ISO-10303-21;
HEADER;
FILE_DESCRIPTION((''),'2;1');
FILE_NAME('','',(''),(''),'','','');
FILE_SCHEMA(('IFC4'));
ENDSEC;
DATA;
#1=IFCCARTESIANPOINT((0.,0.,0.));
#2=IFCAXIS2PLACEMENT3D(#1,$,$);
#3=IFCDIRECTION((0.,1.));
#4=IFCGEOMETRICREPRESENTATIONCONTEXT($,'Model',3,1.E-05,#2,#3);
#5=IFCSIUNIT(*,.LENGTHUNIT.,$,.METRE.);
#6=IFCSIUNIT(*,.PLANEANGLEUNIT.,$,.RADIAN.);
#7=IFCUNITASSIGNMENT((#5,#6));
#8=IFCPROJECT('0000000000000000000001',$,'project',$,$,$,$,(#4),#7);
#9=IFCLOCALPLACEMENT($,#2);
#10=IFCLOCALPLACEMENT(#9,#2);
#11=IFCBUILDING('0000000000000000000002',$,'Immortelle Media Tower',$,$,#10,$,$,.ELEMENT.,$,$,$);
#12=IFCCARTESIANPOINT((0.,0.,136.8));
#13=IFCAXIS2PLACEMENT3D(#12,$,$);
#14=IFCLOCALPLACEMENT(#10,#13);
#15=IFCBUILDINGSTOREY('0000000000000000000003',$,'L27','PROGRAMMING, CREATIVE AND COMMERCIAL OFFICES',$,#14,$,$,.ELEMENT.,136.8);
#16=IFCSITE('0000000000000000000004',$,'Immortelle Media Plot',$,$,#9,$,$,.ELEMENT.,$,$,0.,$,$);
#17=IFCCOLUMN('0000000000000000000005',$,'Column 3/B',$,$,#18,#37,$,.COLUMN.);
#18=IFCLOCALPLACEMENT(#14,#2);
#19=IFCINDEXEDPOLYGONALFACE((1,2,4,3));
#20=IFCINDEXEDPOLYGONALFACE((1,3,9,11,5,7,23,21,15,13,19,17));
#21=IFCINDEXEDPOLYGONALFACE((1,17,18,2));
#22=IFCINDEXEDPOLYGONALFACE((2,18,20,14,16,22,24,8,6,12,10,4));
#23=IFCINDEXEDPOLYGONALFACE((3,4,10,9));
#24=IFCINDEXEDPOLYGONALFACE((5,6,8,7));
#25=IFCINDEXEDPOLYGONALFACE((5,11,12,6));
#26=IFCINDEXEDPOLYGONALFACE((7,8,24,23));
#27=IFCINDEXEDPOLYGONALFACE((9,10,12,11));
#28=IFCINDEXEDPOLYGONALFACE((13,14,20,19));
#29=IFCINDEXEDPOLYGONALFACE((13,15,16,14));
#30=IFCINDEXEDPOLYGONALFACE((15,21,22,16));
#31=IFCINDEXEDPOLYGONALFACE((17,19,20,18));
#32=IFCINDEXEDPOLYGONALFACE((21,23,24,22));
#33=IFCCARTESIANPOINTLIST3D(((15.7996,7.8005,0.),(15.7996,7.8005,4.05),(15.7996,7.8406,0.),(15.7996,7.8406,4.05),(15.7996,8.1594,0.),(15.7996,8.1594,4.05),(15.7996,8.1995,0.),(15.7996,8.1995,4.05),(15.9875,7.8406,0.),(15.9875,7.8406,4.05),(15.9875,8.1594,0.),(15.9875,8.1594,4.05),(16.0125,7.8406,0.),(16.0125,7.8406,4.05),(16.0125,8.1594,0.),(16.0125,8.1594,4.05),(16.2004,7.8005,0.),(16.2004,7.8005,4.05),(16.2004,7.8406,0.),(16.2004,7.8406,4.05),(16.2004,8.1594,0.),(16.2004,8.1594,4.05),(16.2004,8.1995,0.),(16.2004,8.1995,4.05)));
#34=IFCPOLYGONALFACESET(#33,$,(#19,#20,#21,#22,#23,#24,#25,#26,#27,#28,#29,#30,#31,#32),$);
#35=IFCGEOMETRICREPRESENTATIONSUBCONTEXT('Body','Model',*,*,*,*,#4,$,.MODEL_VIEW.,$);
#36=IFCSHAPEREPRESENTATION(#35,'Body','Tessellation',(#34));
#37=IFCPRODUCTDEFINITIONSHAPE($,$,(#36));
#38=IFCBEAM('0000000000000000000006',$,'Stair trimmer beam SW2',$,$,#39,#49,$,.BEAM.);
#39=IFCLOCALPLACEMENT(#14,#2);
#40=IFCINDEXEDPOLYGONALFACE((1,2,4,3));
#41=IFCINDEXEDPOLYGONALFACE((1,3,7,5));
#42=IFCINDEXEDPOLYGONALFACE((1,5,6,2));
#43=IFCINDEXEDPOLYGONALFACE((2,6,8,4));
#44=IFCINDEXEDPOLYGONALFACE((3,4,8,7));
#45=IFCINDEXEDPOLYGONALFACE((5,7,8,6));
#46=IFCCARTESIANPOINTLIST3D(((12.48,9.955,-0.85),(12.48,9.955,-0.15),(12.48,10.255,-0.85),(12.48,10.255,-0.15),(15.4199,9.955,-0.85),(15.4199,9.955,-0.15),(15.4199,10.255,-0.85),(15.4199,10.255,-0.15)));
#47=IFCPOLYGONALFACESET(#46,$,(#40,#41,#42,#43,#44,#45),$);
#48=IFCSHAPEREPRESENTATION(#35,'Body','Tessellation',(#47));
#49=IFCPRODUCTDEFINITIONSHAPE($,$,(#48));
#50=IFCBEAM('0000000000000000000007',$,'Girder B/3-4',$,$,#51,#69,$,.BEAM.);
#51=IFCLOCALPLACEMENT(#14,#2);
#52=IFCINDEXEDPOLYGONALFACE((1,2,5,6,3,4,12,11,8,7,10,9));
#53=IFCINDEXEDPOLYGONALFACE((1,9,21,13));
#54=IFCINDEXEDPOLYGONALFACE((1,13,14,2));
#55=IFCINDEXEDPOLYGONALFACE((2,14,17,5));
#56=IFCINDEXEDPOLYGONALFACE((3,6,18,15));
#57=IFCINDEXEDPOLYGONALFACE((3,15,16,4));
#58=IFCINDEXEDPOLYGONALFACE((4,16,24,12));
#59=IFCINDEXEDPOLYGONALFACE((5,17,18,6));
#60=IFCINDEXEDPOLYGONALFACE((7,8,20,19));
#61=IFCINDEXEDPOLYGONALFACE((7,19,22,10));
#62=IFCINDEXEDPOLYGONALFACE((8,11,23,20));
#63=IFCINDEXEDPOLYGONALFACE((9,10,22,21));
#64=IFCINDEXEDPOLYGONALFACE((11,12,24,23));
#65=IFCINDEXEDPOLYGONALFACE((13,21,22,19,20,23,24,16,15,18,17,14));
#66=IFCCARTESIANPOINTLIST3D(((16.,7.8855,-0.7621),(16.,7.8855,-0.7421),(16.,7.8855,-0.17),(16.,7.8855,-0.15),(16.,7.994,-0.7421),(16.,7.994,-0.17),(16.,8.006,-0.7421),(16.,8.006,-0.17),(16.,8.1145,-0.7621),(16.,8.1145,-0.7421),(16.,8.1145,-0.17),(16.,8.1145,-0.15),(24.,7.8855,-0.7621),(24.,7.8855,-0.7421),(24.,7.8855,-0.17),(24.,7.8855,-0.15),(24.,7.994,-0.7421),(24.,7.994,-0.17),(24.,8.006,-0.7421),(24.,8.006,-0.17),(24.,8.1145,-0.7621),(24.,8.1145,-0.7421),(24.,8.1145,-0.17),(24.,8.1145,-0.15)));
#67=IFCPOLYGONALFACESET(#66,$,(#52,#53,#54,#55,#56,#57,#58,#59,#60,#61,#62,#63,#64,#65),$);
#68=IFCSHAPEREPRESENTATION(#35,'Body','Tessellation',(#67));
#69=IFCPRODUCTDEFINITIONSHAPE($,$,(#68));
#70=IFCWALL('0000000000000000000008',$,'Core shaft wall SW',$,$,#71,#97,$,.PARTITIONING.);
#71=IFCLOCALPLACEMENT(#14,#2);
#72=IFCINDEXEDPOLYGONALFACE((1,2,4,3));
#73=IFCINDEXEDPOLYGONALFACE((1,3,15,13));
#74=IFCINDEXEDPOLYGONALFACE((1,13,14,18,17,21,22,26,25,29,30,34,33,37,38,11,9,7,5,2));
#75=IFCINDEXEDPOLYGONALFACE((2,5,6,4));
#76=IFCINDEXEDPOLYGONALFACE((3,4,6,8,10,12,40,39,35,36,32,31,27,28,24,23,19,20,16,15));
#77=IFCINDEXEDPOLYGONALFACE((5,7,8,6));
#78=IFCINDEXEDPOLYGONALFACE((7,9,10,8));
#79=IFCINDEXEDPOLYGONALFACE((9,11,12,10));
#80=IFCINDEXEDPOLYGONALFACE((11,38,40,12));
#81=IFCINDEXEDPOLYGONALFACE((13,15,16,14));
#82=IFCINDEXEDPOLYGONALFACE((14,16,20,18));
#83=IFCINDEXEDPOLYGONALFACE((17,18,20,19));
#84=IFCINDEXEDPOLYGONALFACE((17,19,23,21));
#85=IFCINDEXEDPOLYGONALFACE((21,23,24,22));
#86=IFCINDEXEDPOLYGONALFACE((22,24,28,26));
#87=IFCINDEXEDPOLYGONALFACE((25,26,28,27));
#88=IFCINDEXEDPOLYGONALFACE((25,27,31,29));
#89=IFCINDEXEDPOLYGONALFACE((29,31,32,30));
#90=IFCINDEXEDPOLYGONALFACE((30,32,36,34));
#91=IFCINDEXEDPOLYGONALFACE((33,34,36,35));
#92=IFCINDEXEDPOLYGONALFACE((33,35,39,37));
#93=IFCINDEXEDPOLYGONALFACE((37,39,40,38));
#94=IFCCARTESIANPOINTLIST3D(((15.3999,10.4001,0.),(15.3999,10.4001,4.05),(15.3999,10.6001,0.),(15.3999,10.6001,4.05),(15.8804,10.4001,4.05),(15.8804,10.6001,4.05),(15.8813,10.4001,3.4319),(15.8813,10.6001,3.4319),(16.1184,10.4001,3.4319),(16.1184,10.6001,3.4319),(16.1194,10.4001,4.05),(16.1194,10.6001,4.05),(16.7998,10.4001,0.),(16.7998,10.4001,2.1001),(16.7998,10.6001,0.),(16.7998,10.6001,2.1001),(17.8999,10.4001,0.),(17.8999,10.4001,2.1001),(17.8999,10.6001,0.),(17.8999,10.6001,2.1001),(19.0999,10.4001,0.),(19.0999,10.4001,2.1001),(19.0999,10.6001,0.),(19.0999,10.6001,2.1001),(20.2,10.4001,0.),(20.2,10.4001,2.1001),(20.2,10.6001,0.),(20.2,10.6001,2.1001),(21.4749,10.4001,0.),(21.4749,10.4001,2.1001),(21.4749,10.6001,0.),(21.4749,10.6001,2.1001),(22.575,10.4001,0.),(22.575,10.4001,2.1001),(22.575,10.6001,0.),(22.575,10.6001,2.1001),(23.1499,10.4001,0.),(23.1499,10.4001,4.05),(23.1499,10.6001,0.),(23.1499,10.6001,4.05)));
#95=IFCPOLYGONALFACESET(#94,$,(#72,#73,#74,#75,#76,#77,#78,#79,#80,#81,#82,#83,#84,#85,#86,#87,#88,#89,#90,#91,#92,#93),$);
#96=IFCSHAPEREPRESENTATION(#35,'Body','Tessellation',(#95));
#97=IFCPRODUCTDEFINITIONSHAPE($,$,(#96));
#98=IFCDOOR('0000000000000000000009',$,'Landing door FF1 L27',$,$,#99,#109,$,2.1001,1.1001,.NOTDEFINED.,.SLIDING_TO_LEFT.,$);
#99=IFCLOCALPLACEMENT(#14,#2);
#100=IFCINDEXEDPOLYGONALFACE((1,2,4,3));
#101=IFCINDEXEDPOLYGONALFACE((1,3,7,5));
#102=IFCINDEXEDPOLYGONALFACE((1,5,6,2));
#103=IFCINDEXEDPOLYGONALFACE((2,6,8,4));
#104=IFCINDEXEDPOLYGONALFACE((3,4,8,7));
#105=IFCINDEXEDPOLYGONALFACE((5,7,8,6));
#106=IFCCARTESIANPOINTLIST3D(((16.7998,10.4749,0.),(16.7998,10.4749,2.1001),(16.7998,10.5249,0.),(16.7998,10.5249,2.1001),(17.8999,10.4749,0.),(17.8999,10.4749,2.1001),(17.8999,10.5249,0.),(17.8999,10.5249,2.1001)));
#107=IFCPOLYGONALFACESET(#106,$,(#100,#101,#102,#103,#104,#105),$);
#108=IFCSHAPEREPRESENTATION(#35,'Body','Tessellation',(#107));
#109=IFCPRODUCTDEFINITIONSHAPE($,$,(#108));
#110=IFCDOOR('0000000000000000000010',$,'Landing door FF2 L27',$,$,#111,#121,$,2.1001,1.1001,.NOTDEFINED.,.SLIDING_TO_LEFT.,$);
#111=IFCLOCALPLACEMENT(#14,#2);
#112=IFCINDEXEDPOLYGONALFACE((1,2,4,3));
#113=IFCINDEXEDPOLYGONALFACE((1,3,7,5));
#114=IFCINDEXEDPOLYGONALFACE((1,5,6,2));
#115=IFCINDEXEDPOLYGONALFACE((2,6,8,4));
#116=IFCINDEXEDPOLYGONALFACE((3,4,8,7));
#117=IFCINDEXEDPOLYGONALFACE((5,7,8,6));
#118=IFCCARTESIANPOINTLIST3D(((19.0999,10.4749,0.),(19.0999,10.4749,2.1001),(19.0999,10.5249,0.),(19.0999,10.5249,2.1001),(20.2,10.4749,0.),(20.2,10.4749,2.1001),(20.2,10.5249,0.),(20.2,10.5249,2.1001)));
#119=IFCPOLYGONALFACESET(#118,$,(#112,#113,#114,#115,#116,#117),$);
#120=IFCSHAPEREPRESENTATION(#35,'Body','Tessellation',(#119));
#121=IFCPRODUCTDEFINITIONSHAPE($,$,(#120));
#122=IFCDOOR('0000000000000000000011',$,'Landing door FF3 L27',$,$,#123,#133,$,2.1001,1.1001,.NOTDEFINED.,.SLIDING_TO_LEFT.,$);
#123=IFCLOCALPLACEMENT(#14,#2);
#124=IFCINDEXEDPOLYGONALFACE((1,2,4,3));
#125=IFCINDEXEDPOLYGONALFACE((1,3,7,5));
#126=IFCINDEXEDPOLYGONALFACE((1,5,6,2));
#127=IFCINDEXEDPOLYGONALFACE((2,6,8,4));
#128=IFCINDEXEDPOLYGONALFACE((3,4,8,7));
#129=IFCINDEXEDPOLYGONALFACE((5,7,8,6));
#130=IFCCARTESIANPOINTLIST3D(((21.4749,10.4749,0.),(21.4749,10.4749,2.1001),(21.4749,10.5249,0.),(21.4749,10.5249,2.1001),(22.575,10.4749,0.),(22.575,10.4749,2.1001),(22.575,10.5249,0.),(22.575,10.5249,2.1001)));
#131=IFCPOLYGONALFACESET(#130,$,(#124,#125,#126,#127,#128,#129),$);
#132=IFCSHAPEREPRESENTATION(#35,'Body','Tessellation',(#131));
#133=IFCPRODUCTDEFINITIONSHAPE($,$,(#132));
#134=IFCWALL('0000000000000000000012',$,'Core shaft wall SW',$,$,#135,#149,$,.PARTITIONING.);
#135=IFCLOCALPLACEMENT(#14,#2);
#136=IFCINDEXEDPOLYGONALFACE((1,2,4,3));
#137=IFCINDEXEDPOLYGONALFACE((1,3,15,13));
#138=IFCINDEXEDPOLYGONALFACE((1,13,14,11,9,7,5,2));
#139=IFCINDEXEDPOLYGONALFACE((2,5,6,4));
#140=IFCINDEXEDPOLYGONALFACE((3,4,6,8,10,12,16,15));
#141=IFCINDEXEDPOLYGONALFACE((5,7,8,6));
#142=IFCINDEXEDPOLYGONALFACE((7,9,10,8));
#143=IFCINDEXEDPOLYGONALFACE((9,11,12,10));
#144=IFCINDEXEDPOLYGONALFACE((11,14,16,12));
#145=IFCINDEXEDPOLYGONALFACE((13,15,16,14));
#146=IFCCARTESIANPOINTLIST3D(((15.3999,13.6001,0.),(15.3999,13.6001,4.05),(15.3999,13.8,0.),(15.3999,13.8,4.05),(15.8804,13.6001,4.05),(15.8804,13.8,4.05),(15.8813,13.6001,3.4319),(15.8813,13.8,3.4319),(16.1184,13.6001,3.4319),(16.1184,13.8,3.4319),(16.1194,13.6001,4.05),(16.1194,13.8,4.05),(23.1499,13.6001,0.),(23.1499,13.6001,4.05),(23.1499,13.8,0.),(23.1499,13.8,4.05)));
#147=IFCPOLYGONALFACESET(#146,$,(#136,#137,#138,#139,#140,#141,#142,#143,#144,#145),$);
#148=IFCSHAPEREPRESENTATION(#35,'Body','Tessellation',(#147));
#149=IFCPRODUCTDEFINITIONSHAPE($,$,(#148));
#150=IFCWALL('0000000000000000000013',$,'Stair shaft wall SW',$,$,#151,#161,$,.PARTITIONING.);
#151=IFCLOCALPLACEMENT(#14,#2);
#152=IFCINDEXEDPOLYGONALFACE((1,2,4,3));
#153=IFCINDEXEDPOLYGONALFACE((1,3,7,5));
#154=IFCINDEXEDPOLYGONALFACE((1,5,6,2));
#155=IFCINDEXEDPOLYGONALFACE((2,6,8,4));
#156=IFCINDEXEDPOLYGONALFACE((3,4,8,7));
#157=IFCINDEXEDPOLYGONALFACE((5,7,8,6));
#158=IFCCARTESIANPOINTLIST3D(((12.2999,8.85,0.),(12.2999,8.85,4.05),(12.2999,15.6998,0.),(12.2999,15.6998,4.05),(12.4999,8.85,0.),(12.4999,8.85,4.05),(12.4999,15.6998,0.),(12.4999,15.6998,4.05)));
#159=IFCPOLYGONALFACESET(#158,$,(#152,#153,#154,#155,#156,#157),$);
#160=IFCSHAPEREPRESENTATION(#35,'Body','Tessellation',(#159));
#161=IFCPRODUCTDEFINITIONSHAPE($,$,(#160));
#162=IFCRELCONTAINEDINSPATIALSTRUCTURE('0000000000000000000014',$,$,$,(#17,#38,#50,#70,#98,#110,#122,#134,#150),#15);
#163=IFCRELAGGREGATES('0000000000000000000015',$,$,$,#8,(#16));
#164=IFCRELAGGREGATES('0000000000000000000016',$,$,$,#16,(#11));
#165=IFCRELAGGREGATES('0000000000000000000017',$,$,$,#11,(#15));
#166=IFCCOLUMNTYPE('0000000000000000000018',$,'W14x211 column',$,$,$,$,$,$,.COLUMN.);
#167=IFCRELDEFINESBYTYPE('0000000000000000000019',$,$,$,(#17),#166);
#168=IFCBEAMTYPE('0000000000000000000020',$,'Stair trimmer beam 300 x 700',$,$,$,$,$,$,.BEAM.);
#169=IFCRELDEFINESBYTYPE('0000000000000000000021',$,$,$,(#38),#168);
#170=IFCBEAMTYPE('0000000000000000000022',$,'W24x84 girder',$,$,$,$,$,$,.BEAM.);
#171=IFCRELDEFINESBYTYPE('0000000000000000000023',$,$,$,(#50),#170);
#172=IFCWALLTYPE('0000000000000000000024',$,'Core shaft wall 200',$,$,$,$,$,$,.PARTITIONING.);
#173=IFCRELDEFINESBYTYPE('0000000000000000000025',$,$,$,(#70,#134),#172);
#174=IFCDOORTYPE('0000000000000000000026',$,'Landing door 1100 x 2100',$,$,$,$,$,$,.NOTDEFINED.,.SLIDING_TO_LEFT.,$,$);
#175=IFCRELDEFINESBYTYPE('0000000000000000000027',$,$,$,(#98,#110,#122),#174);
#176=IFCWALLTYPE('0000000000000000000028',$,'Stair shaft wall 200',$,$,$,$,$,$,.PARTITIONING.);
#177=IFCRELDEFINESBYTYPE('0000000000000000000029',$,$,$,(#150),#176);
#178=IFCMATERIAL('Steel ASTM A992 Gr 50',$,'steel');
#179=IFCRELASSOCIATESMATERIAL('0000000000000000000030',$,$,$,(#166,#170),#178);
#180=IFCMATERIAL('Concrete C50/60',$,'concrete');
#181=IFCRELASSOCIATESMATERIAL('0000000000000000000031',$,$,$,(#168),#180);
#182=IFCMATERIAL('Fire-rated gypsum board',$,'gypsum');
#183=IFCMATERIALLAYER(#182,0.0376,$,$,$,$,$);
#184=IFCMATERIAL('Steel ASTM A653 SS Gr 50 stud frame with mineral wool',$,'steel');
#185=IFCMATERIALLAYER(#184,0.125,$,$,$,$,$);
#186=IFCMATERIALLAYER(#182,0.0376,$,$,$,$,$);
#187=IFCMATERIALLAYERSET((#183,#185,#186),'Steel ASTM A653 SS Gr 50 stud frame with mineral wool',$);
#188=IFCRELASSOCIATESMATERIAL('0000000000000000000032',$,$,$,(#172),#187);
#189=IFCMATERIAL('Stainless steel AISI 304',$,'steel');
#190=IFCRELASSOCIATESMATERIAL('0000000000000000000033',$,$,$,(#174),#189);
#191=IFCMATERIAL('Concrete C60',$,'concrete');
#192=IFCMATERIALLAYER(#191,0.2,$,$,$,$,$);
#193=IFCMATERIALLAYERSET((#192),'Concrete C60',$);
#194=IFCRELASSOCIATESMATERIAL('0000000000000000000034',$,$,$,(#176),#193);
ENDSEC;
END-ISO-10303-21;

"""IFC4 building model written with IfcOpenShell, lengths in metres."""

from ifc_helpers import new_model, si_unit, direction, frame, frame_2d, origin, origin_2d, place, context, subcontext, project, spatial, polyline, rectangle, i_section, outline, extrude, material, layer, layer_set, material_profile, profile_set, type_object, element, fill, save


model = new_model("IFC4")

# Units and contexts
model_context = context("Model", 3, precision=1e-05, world=origin(), true_north=direction((0.0, 1.0)))
body_context = subcontext(model_context, "Body", "Model", "MODEL_VIEW")
ifc_project = project(units=[si_unit("LENGTHUNIT", "METRE"), si_unit("PLANEANGLEUNIT", "RADIAN")], contexts=[model_context])

# Site, building, storey
site_placement = place(None, origin())
site = spatial("IfcSite", under=ifc_project, at=site_placement, Name="Immortelle Media Plot", CompositionType="ELEMENT", RefElevation=0.0)
building_placement = place(site_placement, origin())
building = spatial("IfcBuilding", under=site, at=building_placement, Name="Immortelle Media Tower", CompositionType="ELEMENT")
storey_placement = place(building_placement, frame((0.0, 0.0, 136.8)))
storey = spatial("IfcBuildingStorey", under=building, at=storey_placement, Name="L27", Description="PROGRAMMING, CREATIVE AND COMMERCIAL OFFICES", CompositionType="ELEMENT", Elevation=136.8)

# Column
ifc_material_1 = material(Name="Steel ASTM A992 Gr 50", Category="steel")
ifc_material_profile_1 = material_profile(ifc_material_1, i_section(OverallWidth=0.4009, OverallDepth=0.3989, WebThickness=0.0249, FlangeThickness=0.04, at=origin_2d()), Name="W14x211")
ifc_profile_set_1 = profile_set([ifc_material_profile_1], Name="Steel ASTM A992 Gr 50")
column_type = type_object("IfcColumnType", Name="W14x211 column", PredefinedType="COLUMN", material=ifc_profile_set_1)
column_placement = place(storey_placement, frame((16.0, 8.0, 0.0), z_axis=(0.0, 0.0, 1.0), x_axis=(1.0, 0.0, 0.0)))
element("IfcColumn", 1, at=column_placement, inside=storey, type_object=column_type, Name="Column 3/B", PredefinedType="COLUMN", context=body_context, shape_type="SweptSolid", body=[
    extrude(i_section(OverallWidth=0.4009, OverallDepth=0.3989, WebThickness=0.0249, FlangeThickness=0.04, at=origin_2d()), origin(), (0.0, 0.0, 1.0), 4.05),
])

# Beams
ifc_material_2 = material(Name="Concrete C50/60", Category="concrete")
ifc_material_profile_2 = material_profile(ifc_material_2, rectangle(XDim=0.3, YDim=0.7, at=origin_2d()), Name="RC 300x700")
ifc_profile_set_2 = profile_set([ifc_material_profile_2], Name="Concrete C50/60")
beam_type_1 = type_object("IfcBeamType", Name="Stair trimmer beam 300 x 700", PredefinedType="BEAM", material=ifc_profile_set_2)
beam_1_placement = place(storey_placement, frame((12.48, 10.105, -0.5), z_axis=(1.0, 0.0, 0.0), x_axis=(0.0, 1.0, 0.0)))
element("IfcBeam", 2, at=beam_1_placement, inside=storey, type_object=beam_type_1, Name="Stair trimmer beam SW2", PredefinedType="BEAM", context=body_context, shape_type="SweptSolid", body=[
    extrude(rectangle(XDim=0.3, YDim=0.7, at=origin_2d()), origin(), (0.0, 0.0, 1.0), 2.9399),
])
ifc_material_profile_3 = material_profile(ifc_material_1, i_section(OverallWidth=0.229, OverallDepth=0.6121, WebThickness=0.012, FlangeThickness=0.02, at=origin_2d()), Name="W24x84")
ifc_profile_set_3 = profile_set([ifc_material_profile_3], Name="Steel ASTM A992 Gr 50")
beam_type_2 = type_object("IfcBeamType", Name="W24x84 girder", PredefinedType="BEAM", material=ifc_profile_set_3)
beam_2_placement = place(storey_placement, frame((16.0, 8.0, -0.4561), z_axis=(1.0, 0.0, 0.0), x_axis=(0.0, 1.0, 0.0)))
element("IfcBeam", 3, at=beam_2_placement, inside=storey, type_object=beam_type_2, Name="Girder B/3-4", PredefinedType="BEAM", context=body_context, shape_type="SweptSolid", body=[
    extrude(i_section(OverallWidth=0.229, OverallDepth=0.6121, WebThickness=0.012, FlangeThickness=0.02, at=origin_2d()), origin(), (0.0, 0.0, 1.0), 8.0),
])

# Wall, openings, doors
ifc_material_3 = material(Name="Fire-rated gypsum board", Category="gypsum")
ifc_layer_1 = layer(ifc_material_3, 0.0376)
ifc_material_4 = material(Name="Steel ASTM A653 SS Gr 50 stud frame with mineral wool", Category="steel")
ifc_layer_2 = layer(ifc_material_4, 0.125)
ifc_layer_3 = layer(ifc_material_3, 0.0376)
ifc_layer_set_1 = layer_set([ifc_layer_1, ifc_layer_2, ifc_layer_3], Name="Steel ASTM A653 SS Gr 50 stud frame with mineral wool")
wall_type_1 = type_object("IfcWallType", Name="Core shaft wall 200", PredefinedType="PARTITIONING", material=ifc_layer_set_1)
wall_1_placement = place(storey_placement, frame((15.3999, 10.5, 0.0), z_axis=(0.0, 0.0, 1.0), x_axis=(1.0, 0.0, 0.0)))
wall_1 = element("IfcWall", 4, at=wall_1_placement, inside=storey, type_object=wall_type_1, Name="Core shaft wall SW", PredefinedType="PARTITIONING", context=body_context, shape_type="SweptSolid", body=[
    extrude(outline(polyline([(0.0, 0.0), (7.75, 0.0), (7.75, 4.05), (0.7195, 4.05), (0.7185, 3.4319), (0.4814, 3.4319), (0.4805, 4.05), (0.0, 4.05), (0.0, 0.0)])), frame((0.0, 0.1001, 0.0), z_axis=(0.0, -1.0, 0.0), x_axis=(1.0, 0.0, 0.0)), (0.0, 0.0, 1.0), 0.2),
])
opening_1_placement = place(wall_1_placement, frame((1.3999, 0.0, 0.0)))
opening_1 = element("IfcOpeningElement", 5, at=opening_1_placement, cuts=wall_1, PredefinedType="OPENING", context=body_context, shape_type="SweptSolid", body=[
    extrude(rectangle(XDim=1.1001, YDim=2.1001, at=frame_2d((0.55, 1.05))), frame((0.0, 0.1099, 0.0), z_axis=(0.0, -1.0, 0.0), x_axis=(1.0, 0.0, 0.0)), (0.0, 0.0, 1.0), 0.22),
])
opening_2_placement = place(wall_1_placement, frame((3.7, 0.0, 0.0)))
opening_2 = element("IfcOpeningElement", 6, at=opening_2_placement, cuts=wall_1, PredefinedType="OPENING", context=body_context, shape_type="SweptSolid", body=[
    extrude(rectangle(XDim=1.1001, YDim=2.1001, at=frame_2d((0.55, 1.05))), frame((0.0, 0.1099, 0.0), z_axis=(0.0, -1.0, 0.0), x_axis=(1.0, 0.0, 0.0)), (0.0, 0.0, 1.0), 0.22),
])
opening_3_placement = place(wall_1_placement, frame((6.075, 0.0, 0.0)))
opening_3 = element("IfcOpeningElement", 7, at=opening_3_placement, cuts=wall_1, PredefinedType="OPENING", context=body_context, shape_type="SweptSolid", body=[
    extrude(rectangle(XDim=1.1001, YDim=2.1001, at=frame_2d((0.55, 1.05))), frame((0.0, 0.1099, 0.0), z_axis=(0.0, -1.0, 0.0), x_axis=(1.0, 0.0, 0.0)), (0.0, 0.0, 1.0), 0.22),
])
ifc_material_5 = material(Name="Stainless steel AISI 304", Category="steel")
door_type_1 = type_object("IfcDoorType", Name="Landing door 1100 x 2100", OperationType="SLIDING_TO_LEFT", PredefinedType="NOTDEFINED", material=ifc_material_5)
door_1_placement = place(opening_1_placement, origin())
door_1 = element("IfcDoor", 8, at=door_1_placement, inside=storey, type_object=door_type_1, Name="Landing door FF1 L27", OperationType="SLIDING_TO_LEFT", OverallHeight=2.1001, OverallWidth=1.1001, PredefinedType="NOTDEFINED", context=body_context, shape_type="SweptSolid", body=[
    extrude(rectangle(XDim=1.1001, YDim=2.1001, at=frame_2d((0.55, 1.05))), frame((0.0, 0.0249, 0.0), z_axis=(0.0, -1.0, 0.0), x_axis=(1.0, 0.0, 0.0)), (0.0, 0.0, 1.0), 0.05),
])
fill(opening_1, door_1)
door_2_placement = place(opening_2_placement, origin())
door_2 = element("IfcDoor", 9, at=door_2_placement, inside=storey, type_object=door_type_1, Name="Landing door FF2 L27", OperationType="SLIDING_TO_LEFT", OverallHeight=2.1001, OverallWidth=1.1001, PredefinedType="NOTDEFINED", context=body_context, shape_type="SweptSolid", body=[
    extrude(rectangle(XDim=1.1001, YDim=2.1001, at=frame_2d((0.55, 1.05))), frame((0.0, 0.0249, 0.0), z_axis=(0.0, -1.0, 0.0), x_axis=(1.0, 0.0, 0.0)), (0.0, 0.0, 1.0), 0.05),
])
fill(opening_2, door_2)
door_3_placement = place(opening_3_placement, origin())
door_3 = element("IfcDoor", 10, at=door_3_placement, inside=storey, type_object=door_type_1, Name="Landing door FF3 L27", OperationType="SLIDING_TO_LEFT", OverallHeight=2.1001, OverallWidth=1.1001, PredefinedType="NOTDEFINED", context=body_context, shape_type="SweptSolid", body=[
    extrude(rectangle(XDim=1.1001, YDim=2.1001, at=frame_2d((0.55, 1.05))), frame((0.0, 0.0249, 0.0), z_axis=(0.0, -1.0, 0.0), x_axis=(1.0, 0.0, 0.0)), (0.0, 0.0, 1.0), 0.05),
])
fill(opening_3, door_3)

# Walls
wall_2_placement = place(storey_placement, frame((15.3999, 13.7, 0.0), z_axis=(0.0, 0.0, 1.0), x_axis=(1.0, 0.0, 0.0)))
element("IfcWall", 11, at=wall_2_placement, inside=storey, type_object=wall_type_1, Name="Core shaft wall SW", PredefinedType="PARTITIONING", context=body_context, shape_type="SweptSolid", body=[
    extrude(outline(polyline([(0.0, 0.0), (7.75, 0.0), (7.75, 4.05), (0.7195, 4.05), (0.7185, 3.4319), (0.4814, 3.4319), (0.4805, 4.05), (0.0, 4.05), (0.0, 0.0)])), frame((0.0, 0.1001, 0.0), z_axis=(0.0, -1.0, 0.0), x_axis=(1.0, 0.0, 0.0)), (0.0, 0.0, 1.0), 0.2),
])
ifc_material_6 = material(Name="Concrete C60", Category="concrete")
ifc_layer_4 = layer(ifc_material_6, 0.2)
ifc_layer_set_2 = layer_set([ifc_layer_4], Name="Concrete C60")
wall_type_2 = type_object("IfcWallType", Name="Stair shaft wall 200", PredefinedType="PARTITIONING", material=ifc_layer_set_2)
wall_3_placement = place(storey_placement, frame((12.3999, 8.8501, 0.0), z_axis=(0.0, 0.0, 1.0), x_axis=(0.0, 1.0, 0.0)))
element("IfcWall", 12, at=wall_3_placement, inside=storey, type_object=wall_type_2, Name="Stair shaft wall SW", PredefinedType="PARTITIONING", context=body_context, shape_type="SweptSolid", body=[
    extrude(rectangle(XDim=6.8499, YDim=0.2, at=frame_2d((3.4248, 0.0))), origin(), (0.0, 0.0, 1.0), 4.05),
])

save(model, "model.ifc")
